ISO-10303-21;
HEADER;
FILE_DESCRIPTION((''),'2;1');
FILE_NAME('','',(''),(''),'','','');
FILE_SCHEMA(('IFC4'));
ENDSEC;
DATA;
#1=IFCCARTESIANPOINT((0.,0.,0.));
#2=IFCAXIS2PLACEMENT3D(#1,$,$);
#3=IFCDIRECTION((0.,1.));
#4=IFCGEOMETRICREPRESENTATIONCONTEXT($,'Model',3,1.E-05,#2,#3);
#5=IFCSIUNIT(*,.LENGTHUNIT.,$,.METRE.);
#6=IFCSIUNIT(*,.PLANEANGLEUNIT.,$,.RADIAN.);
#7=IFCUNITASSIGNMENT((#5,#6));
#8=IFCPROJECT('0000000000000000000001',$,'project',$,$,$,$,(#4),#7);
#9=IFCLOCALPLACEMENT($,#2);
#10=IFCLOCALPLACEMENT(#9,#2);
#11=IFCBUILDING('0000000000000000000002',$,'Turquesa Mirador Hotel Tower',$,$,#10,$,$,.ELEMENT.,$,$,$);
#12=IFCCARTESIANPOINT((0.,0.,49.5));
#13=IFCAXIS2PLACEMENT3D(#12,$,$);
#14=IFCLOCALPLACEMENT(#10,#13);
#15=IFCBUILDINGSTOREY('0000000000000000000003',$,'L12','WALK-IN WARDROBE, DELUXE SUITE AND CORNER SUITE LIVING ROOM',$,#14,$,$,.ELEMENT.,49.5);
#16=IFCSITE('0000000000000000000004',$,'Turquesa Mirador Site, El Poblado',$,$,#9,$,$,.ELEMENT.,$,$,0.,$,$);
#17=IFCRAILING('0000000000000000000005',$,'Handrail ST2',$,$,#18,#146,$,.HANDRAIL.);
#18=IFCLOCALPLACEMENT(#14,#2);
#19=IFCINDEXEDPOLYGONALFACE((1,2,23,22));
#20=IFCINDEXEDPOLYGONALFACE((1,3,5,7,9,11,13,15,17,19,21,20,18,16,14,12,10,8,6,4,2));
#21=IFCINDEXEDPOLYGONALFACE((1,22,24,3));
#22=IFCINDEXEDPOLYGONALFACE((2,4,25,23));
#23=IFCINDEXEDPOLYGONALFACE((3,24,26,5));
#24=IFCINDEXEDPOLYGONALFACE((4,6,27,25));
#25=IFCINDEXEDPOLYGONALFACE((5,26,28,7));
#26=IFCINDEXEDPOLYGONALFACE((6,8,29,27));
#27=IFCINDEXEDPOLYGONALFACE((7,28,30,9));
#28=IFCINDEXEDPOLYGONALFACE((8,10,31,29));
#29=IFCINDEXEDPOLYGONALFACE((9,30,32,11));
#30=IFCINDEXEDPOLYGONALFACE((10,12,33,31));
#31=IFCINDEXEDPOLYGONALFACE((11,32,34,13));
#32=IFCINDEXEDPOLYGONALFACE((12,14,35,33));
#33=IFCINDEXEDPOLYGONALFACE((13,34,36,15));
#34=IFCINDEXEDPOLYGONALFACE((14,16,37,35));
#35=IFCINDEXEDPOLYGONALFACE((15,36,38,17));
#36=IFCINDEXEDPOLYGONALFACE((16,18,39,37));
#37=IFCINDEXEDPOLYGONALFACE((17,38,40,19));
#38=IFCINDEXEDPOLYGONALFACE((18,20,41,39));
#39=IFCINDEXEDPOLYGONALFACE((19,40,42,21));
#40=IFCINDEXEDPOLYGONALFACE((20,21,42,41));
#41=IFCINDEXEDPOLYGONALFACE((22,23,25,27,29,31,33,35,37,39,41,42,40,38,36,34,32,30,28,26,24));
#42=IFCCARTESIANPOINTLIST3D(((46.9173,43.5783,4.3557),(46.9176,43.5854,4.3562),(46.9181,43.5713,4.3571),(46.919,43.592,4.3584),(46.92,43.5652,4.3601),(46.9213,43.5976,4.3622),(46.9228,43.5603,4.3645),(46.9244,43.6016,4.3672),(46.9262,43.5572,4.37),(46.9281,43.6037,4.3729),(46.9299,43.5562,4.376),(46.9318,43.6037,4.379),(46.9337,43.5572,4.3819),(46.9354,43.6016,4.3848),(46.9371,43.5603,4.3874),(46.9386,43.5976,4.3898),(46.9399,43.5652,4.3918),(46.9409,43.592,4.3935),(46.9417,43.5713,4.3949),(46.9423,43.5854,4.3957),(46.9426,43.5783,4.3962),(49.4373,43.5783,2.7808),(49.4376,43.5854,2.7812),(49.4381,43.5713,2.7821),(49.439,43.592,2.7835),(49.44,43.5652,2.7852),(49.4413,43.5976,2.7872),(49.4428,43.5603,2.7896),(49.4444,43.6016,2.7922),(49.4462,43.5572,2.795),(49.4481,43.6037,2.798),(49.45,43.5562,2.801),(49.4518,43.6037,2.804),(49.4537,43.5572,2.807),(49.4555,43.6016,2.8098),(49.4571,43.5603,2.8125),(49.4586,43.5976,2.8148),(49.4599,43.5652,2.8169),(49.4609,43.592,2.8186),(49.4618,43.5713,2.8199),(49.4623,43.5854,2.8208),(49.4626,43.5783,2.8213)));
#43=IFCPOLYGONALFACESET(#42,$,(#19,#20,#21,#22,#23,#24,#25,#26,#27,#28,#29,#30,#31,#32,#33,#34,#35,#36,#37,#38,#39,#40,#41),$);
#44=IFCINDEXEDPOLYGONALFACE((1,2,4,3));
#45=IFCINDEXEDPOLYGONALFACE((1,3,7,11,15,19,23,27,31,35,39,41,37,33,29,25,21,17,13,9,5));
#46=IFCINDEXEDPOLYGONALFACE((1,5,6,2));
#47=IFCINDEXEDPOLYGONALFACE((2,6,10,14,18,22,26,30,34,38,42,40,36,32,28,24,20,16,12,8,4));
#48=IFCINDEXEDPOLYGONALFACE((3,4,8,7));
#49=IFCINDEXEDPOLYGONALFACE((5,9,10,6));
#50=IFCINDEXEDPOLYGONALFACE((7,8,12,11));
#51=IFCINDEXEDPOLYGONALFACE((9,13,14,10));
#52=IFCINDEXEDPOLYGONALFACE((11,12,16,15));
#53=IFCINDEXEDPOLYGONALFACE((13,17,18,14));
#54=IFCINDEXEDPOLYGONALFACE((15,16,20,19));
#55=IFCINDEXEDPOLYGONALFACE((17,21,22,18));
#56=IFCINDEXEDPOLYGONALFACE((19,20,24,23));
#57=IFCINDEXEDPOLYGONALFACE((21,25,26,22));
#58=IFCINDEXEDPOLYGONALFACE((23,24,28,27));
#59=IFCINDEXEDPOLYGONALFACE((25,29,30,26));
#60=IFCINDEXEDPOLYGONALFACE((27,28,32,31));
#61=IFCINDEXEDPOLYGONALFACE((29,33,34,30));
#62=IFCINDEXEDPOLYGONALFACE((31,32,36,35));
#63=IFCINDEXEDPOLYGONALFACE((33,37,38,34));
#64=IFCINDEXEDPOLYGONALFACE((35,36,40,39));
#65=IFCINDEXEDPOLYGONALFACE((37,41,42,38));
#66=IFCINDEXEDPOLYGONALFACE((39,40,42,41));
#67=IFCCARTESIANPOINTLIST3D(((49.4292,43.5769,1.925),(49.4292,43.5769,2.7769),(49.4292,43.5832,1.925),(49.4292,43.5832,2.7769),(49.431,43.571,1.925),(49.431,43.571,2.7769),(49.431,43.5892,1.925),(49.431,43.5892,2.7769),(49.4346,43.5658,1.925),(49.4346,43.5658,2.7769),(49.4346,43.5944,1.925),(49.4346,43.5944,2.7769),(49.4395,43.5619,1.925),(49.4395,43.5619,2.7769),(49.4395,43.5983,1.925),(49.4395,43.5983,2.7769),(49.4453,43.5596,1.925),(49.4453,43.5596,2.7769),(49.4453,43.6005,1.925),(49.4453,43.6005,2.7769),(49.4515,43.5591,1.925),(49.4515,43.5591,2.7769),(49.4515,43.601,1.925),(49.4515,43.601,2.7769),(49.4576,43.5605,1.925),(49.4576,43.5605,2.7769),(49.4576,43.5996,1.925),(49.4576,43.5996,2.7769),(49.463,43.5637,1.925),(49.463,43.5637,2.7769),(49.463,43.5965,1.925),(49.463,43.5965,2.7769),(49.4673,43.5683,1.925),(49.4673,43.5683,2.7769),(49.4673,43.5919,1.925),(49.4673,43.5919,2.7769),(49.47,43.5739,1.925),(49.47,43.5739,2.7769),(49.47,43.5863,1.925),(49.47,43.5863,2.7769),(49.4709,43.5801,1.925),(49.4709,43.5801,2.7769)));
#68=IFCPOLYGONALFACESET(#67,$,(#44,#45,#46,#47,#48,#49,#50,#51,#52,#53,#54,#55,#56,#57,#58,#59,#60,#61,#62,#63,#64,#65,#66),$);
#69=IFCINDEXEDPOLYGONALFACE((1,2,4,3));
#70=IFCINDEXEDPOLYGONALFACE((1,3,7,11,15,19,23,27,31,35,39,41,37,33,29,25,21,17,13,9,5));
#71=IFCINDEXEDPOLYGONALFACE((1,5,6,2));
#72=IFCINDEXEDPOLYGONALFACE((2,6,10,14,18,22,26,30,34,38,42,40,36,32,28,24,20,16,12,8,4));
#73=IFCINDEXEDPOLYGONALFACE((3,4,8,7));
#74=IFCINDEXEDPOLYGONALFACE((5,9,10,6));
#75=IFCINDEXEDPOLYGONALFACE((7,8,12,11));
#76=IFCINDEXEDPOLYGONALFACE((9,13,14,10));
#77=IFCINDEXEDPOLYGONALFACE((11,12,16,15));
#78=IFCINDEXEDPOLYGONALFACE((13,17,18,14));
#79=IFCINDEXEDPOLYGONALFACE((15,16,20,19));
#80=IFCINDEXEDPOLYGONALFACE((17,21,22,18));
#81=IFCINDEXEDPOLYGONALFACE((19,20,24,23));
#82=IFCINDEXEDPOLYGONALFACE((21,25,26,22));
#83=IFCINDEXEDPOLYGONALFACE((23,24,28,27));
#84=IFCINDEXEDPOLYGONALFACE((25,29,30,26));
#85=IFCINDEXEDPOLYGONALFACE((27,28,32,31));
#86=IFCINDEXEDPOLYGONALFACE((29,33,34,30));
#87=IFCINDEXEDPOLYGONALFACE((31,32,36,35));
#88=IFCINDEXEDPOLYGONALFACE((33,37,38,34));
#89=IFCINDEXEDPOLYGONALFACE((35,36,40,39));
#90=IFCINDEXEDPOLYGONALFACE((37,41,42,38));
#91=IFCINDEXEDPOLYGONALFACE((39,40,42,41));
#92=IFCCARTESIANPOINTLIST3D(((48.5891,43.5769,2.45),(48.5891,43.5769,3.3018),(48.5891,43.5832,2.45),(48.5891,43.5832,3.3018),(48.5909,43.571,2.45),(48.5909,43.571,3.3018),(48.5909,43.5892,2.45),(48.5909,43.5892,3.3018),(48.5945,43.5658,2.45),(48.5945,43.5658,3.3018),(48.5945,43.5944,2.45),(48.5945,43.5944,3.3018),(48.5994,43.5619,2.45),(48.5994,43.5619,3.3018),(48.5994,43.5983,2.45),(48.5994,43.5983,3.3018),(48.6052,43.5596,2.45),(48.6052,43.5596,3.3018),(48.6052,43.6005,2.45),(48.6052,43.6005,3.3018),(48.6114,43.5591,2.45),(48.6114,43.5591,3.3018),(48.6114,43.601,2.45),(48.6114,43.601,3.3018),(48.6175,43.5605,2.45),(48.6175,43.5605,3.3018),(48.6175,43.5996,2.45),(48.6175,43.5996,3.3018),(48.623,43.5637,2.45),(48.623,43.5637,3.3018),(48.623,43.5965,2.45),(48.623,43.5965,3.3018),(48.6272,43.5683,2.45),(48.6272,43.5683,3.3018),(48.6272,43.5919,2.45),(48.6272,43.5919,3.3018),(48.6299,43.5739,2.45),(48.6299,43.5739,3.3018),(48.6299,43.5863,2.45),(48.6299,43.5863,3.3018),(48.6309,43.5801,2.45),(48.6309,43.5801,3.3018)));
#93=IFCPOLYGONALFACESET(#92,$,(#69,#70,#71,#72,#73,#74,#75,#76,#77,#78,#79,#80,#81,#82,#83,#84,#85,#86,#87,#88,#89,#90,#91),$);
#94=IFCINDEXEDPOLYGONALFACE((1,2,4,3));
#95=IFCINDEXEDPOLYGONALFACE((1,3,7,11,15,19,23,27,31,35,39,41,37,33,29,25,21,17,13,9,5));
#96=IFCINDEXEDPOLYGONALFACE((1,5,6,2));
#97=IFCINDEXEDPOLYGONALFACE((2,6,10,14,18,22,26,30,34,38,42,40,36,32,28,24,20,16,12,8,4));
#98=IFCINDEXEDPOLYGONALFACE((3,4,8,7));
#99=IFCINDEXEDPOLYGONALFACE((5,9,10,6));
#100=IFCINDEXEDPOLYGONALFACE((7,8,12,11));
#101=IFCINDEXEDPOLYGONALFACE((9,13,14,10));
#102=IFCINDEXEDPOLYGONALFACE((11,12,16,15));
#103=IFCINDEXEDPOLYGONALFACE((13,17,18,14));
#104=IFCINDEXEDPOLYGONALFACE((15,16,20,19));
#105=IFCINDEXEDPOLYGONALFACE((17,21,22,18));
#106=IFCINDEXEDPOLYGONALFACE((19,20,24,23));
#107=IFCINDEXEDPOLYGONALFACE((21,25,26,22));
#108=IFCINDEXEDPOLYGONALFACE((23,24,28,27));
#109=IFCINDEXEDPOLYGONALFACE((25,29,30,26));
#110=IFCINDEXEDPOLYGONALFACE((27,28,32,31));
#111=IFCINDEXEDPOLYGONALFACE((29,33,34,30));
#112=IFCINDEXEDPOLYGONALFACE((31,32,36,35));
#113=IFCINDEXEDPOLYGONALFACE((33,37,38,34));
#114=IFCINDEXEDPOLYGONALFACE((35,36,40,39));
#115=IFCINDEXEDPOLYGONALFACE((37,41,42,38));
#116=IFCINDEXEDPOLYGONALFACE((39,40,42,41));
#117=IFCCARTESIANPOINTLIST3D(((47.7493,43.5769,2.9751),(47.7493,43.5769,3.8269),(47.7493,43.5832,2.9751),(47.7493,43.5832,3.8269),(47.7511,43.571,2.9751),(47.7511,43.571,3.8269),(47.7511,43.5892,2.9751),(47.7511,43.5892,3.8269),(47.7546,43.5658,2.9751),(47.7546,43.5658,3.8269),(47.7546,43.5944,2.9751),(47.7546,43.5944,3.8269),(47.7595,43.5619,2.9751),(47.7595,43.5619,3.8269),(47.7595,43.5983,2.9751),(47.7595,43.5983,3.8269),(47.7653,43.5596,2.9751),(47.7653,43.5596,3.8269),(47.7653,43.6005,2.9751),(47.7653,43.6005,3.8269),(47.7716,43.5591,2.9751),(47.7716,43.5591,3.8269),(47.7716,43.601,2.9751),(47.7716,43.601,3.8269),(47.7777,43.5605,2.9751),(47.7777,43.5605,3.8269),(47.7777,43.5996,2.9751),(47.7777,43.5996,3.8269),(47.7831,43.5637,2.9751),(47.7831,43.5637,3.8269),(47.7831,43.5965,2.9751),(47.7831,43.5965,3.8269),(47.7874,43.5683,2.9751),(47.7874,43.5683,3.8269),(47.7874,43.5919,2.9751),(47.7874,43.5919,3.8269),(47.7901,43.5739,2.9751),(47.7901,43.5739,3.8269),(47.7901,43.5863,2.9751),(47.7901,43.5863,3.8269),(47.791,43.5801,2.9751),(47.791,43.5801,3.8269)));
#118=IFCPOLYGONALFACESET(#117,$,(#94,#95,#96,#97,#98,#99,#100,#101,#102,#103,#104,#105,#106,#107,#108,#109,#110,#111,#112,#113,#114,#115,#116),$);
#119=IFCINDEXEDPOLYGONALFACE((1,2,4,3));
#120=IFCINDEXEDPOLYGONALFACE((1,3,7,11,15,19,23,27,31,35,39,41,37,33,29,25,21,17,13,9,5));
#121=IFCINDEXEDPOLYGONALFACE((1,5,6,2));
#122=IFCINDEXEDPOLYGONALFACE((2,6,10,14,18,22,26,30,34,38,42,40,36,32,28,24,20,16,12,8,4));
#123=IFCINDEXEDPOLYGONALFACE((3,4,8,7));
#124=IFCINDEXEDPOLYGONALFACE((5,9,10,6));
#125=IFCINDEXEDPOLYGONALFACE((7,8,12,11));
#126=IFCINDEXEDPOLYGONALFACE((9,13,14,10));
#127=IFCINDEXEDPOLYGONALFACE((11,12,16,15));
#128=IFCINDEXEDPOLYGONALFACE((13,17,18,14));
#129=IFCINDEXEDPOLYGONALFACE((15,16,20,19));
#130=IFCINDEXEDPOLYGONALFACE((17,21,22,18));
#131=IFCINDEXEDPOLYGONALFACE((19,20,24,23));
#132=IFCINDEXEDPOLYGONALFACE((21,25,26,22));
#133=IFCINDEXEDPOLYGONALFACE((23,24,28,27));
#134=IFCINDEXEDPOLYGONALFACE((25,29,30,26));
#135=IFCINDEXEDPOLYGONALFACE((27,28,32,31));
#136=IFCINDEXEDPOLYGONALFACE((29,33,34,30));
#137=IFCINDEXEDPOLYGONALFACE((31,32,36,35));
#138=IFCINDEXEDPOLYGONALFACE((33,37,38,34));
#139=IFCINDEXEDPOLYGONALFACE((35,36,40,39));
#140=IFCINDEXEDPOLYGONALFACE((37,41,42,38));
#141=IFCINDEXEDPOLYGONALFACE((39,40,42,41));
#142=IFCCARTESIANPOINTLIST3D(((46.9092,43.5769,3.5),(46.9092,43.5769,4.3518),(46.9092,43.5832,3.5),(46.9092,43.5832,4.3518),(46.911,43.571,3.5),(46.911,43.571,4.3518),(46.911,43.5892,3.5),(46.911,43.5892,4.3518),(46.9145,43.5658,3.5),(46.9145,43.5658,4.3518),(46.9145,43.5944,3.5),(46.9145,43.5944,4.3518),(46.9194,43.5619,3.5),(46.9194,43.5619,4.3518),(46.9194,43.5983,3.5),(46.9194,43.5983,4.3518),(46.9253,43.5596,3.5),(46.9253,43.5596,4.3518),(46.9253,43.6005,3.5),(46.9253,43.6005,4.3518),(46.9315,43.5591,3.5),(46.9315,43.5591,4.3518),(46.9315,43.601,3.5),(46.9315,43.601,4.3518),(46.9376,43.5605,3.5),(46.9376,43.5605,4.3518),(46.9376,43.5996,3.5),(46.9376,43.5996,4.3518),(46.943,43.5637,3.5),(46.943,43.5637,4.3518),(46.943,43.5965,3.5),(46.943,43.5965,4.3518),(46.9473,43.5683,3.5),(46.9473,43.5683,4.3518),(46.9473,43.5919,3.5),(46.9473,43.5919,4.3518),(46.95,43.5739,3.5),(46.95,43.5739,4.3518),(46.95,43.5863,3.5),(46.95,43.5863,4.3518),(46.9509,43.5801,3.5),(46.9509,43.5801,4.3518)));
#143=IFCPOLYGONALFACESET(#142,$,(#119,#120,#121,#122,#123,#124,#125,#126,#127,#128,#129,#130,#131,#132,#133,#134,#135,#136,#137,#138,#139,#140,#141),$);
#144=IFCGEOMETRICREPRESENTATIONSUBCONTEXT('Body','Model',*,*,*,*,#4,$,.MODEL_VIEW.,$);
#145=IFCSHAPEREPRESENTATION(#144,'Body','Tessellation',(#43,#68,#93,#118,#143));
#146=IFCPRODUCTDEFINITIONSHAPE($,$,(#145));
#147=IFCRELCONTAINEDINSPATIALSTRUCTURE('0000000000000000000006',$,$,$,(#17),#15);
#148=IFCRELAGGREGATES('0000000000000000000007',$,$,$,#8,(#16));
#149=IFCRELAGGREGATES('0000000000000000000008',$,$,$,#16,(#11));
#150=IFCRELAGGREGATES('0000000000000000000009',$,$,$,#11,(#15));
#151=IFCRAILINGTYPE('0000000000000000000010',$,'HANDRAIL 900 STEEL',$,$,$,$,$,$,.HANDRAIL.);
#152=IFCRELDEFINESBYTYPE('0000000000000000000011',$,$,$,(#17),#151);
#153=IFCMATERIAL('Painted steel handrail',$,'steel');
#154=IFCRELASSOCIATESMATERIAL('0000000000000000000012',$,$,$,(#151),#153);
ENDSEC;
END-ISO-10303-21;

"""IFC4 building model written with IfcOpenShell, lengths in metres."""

from ifc_helpers import new_model, si_unit, direction, frame, origin, origin_2d, place, context, subcontext, project, spatial, circle, extrude, material, type_object, element, save


model = new_model("IFC4")

# Units and contexts
model_context = context("Model", 3, precision=1e-05, world=origin(), true_north=direction((0.0, 1.0)))
body_context = subcontext(model_context, "Body", "Model", "MODEL_VIEW")
ifc_project = project(units=[si_unit("LENGTHUNIT", "METRE"), si_unit("PLANEANGLEUNIT", "RADIAN")], contexts=[model_context])

# Site, building, storey
site_placement = place(None, origin())
site = spatial("IfcSite", under=ifc_project, at=site_placement, Name="Turquesa Mirador Site, El Poblado", CompositionType="ELEMENT", RefElevation=0.0)
building_placement = place(site_placement, origin())
building = spatial("IfcBuilding", under=site, at=building_placement, Name="Turquesa Mirador Hotel Tower", CompositionType="ELEMENT")
storey_placement = place(building_placement, frame((0.0, 0.0, 49.5)))
storey = spatial("IfcBuildingStorey", under=building, at=storey_placement, Name="L12", Description="WALK-IN WARDROBE, DELUXE SUITE AND CORNER SUITE LIVING ROOM", CompositionType="ELEMENT", Elevation=49.5)

# Railing
ifc_material_1 = material(Name="Painted steel handrail", Category="steel")
railing_type = type_object("IfcRailingType", Name="HANDRAIL 900 STEEL", PredefinedType="HANDRAIL", material=ifc_material_1)
railing_1_placement = place(storey_placement, frame((49.45, 43.5801, 1.925)))
element("IfcRailing", 1, at=railing_1_placement, inside=storey, type_object=railing_type, Name="Handrail ST2", PredefinedType="HANDRAIL", context=body_context, shape_type="SweptSolid", body=[
    extrude(circle(Radius=0.0239, at=origin_2d()), frame((0.0, 0.0, 0.876), z_axis=(-0.848008, 0.0, 0.529984), x_axis=(0.0, -1.0, 0.0)), (0.0, 0.0, 1.0), 2.9717),
    extrude(circle(Radius=0.021, at=origin_2d()), origin(), (0.0, 0.0, 1.0), 0.8518),
    extrude(circle(Radius=0.021, at=origin_2d()), frame((-0.8401, 0.0, 0.5249)), (0.0, 0.0, 1.0), 0.8518),
    extrude(circle(Radius=0.021, at=origin_2d()), frame((-1.6799, 0.0, 1.05)), (0.0, 0.0, 1.0), 0.8518),
    extrude(circle(Radius=0.021, at=origin_2d()), frame((-2.52, 0.0, 1.575)), (0.0, 0.0, 1.0), 0.8518),
])

save(model, "model.ifc")
